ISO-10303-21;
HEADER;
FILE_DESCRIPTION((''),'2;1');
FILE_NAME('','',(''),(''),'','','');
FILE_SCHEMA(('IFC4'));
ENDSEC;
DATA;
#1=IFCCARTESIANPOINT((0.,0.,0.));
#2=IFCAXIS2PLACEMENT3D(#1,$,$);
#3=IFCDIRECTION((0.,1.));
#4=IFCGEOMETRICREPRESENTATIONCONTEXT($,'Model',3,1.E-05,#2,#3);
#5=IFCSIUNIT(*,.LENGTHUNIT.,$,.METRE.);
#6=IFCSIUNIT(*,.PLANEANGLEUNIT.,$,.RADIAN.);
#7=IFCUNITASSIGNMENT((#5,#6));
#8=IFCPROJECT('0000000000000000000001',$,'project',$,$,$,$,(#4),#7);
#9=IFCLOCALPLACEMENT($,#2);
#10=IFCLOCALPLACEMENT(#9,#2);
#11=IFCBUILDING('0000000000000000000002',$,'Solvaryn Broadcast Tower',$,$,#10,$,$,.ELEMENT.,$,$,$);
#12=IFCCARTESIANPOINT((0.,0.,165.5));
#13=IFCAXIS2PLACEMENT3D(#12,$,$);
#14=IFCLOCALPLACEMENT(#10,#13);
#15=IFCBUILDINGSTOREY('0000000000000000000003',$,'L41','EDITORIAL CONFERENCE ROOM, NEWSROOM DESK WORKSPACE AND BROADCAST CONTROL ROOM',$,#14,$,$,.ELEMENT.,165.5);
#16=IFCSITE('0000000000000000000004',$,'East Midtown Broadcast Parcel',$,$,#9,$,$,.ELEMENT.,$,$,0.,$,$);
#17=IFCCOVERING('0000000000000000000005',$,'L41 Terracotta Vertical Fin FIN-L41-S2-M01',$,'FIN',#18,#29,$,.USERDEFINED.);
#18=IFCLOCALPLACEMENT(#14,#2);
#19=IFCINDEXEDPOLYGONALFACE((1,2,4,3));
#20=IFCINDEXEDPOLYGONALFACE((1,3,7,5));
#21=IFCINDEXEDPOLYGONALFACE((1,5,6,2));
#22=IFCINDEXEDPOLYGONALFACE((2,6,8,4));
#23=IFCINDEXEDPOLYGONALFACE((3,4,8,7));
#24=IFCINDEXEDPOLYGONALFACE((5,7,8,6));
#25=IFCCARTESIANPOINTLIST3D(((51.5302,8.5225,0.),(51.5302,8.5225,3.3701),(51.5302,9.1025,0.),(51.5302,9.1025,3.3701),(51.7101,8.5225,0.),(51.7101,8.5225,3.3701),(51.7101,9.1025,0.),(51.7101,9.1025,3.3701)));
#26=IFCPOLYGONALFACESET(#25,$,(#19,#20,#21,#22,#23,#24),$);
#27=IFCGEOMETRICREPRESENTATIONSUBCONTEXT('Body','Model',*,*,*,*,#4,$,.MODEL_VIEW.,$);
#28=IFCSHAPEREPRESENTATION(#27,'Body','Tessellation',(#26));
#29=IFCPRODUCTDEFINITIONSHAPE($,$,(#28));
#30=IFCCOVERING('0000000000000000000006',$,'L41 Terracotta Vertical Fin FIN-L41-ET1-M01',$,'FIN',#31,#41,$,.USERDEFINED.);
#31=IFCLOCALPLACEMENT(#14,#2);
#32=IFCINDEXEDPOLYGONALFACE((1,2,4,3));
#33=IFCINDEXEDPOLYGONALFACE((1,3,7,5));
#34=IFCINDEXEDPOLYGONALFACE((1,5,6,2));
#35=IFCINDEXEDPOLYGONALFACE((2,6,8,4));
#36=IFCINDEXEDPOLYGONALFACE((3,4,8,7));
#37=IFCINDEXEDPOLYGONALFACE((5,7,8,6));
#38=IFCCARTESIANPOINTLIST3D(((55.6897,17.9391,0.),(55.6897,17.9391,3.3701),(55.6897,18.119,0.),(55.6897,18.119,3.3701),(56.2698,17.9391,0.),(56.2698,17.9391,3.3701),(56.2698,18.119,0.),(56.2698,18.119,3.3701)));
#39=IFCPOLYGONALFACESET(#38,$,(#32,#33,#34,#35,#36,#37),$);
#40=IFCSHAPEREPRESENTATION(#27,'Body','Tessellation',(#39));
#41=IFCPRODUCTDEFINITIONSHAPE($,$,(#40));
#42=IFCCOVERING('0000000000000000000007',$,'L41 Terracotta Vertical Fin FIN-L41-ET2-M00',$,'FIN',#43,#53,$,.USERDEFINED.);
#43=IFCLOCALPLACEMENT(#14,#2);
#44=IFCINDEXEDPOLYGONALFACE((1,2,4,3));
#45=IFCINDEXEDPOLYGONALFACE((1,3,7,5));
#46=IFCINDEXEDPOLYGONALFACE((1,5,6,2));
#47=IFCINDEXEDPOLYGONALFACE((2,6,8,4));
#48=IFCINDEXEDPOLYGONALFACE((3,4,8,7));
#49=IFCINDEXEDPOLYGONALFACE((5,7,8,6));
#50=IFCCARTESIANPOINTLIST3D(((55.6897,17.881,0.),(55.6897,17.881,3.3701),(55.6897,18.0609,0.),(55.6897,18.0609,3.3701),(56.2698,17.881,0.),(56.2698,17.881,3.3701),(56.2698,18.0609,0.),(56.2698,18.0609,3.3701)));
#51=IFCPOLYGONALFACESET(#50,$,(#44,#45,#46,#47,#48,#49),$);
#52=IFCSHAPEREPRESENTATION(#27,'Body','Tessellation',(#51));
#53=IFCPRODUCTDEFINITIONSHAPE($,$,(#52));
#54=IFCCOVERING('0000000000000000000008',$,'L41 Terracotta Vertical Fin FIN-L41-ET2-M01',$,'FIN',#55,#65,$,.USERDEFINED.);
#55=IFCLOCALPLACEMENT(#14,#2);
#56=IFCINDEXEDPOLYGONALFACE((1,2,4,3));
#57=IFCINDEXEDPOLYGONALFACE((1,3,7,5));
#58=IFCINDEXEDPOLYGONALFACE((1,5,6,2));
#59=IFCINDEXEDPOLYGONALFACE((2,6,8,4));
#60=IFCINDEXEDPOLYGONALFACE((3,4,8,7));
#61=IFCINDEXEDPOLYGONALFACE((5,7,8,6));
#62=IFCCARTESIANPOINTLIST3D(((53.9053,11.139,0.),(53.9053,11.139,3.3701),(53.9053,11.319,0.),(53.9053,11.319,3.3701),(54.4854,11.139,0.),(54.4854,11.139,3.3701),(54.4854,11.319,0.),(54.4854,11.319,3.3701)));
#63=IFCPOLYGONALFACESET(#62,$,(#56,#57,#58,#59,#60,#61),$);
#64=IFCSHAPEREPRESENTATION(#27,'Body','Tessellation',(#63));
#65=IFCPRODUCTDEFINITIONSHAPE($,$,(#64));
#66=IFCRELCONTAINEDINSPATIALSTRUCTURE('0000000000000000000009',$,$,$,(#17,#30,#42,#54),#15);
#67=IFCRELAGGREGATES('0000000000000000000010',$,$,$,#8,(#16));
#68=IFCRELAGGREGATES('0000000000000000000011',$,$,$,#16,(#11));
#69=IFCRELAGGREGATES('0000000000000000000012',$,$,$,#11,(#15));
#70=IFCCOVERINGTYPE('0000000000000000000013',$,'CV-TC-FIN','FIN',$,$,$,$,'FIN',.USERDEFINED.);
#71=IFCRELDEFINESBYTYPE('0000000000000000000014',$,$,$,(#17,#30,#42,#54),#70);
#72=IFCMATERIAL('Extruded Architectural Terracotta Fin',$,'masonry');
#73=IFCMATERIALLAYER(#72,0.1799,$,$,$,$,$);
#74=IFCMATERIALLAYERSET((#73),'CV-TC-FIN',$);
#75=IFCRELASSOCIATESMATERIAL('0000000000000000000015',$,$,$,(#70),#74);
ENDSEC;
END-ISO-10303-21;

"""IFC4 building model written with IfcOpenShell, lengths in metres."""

from ifc_helpers import new_model, si_unit, direction, frame, origin, origin_2d, place, context, subcontext, project, spatial, rectangle, extrude, material, layer, layer_set, type_object, element, save


model = new_model("IFC4")

# Units and contexts
model_context = context("Model", 3, precision=1e-05, world=origin(), true_north=direction((0.0, 1.0)))
body_context = subcontext(model_context, "Body", "Model", "MODEL_VIEW")
ifc_project = project(units=[si_unit("LENGTHUNIT", "METRE"), si_unit("PLANEANGLEUNIT", "RADIAN")], contexts=[model_context])

# Site, building, storey
site_placement = place(None, origin())
site = spatial("IfcSite", under=ifc_project, at=site_placement, Name="East Midtown Broadcast Parcel", CompositionType="ELEMENT", RefElevation=0.0)
building_placement = place(site_placement, origin())
building = spatial("IfcBuilding", under=site, at=building_placement, Name="Solvaryn Broadcast Tower", CompositionType="ELEMENT")
storey_placement = place(building_placement, frame((0.0, 0.0, 165.5)))
storey = spatial("IfcBuildingStorey", under=building, at=storey_placement, Name="L41", Description="EDITORIAL CONFERENCE ROOM, NEWSROOM DESK WORKSPACE AND BROADCAST CONTROL ROOM", CompositionType="ELEMENT", Elevation=165.5)

# Coverings
ifc_material_1 = material(Name="Extruded Architectural Terracotta Fin", Category="masonry")
ifc_layer_1 = layer(ifc_material_1, 0.1799)
ifc_layer_set_1 = layer_set([ifc_layer_1], Name="CV-TC-FIN")
covering_type_1 = type_object("IfcCoveringType", Name="CV-TC-FIN", Description="FIN", ElementType="FIN", PredefinedType="USERDEFINED", material=ifc_layer_set_1)
covering_1_placement = place(storey_placement, frame((51.6201, 8.8125, 0.0), z_axis=(0.0, 0.0, 1.0), x_axis=(1.0, 0.0, 0.0)))
element("IfcCovering", 1, at=covering_1_placement, inside=storey, type_object=covering_type_1, Name="L41 Terracotta Vertical Fin FIN-L41-S2-M01", ObjectType="FIN", PredefinedType="USERDEFINED", context=body_context, shape_type="SweptSolid", body=[
    extrude(rectangle(XDim=0.1799, YDim=0.5801, at=origin_2d()), origin(), (0.0, 0.0, 1.0), 3.3701),
])
for number, where, z_axis, x_axis, name in (
    (2, (55.9797, 18.0291, 0.0), (0.0, 0.0, 1.0), (1.0, 0.0, 0.0), "L41 Terracotta Vertical Fin FIN-L41-ET1-M01"),
    (3, (55.9797, 17.9709, 0.0), (0.0, 0.0, 1.0), (1.0, 0.0, 0.0), "L41 Terracotta Vertical Fin FIN-L41-ET2-M00"),
    (4, (54.1953, 11.229, 0.0), (0.0, 0.0, 1.0), (1.0, 0.0, 0.0), "L41 Terracotta Vertical Fin FIN-L41-ET2-M01"),
):
    element("IfcCovering", number, at=place(storey_placement, frame(where, z_axis=z_axis, x_axis=x_axis)), inside=storey, type_object=covering_type_1, Name=name, ObjectType="FIN", PredefinedType="USERDEFINED", context=body_context, shape_type="SweptSolid", body=[
        extrude(rectangle(XDim=0.5801, YDim=0.1799, at=origin_2d()), origin(), (0.0, 0.0, 1.0), 3.3701),
    ])

save(model, "model.ifc")
